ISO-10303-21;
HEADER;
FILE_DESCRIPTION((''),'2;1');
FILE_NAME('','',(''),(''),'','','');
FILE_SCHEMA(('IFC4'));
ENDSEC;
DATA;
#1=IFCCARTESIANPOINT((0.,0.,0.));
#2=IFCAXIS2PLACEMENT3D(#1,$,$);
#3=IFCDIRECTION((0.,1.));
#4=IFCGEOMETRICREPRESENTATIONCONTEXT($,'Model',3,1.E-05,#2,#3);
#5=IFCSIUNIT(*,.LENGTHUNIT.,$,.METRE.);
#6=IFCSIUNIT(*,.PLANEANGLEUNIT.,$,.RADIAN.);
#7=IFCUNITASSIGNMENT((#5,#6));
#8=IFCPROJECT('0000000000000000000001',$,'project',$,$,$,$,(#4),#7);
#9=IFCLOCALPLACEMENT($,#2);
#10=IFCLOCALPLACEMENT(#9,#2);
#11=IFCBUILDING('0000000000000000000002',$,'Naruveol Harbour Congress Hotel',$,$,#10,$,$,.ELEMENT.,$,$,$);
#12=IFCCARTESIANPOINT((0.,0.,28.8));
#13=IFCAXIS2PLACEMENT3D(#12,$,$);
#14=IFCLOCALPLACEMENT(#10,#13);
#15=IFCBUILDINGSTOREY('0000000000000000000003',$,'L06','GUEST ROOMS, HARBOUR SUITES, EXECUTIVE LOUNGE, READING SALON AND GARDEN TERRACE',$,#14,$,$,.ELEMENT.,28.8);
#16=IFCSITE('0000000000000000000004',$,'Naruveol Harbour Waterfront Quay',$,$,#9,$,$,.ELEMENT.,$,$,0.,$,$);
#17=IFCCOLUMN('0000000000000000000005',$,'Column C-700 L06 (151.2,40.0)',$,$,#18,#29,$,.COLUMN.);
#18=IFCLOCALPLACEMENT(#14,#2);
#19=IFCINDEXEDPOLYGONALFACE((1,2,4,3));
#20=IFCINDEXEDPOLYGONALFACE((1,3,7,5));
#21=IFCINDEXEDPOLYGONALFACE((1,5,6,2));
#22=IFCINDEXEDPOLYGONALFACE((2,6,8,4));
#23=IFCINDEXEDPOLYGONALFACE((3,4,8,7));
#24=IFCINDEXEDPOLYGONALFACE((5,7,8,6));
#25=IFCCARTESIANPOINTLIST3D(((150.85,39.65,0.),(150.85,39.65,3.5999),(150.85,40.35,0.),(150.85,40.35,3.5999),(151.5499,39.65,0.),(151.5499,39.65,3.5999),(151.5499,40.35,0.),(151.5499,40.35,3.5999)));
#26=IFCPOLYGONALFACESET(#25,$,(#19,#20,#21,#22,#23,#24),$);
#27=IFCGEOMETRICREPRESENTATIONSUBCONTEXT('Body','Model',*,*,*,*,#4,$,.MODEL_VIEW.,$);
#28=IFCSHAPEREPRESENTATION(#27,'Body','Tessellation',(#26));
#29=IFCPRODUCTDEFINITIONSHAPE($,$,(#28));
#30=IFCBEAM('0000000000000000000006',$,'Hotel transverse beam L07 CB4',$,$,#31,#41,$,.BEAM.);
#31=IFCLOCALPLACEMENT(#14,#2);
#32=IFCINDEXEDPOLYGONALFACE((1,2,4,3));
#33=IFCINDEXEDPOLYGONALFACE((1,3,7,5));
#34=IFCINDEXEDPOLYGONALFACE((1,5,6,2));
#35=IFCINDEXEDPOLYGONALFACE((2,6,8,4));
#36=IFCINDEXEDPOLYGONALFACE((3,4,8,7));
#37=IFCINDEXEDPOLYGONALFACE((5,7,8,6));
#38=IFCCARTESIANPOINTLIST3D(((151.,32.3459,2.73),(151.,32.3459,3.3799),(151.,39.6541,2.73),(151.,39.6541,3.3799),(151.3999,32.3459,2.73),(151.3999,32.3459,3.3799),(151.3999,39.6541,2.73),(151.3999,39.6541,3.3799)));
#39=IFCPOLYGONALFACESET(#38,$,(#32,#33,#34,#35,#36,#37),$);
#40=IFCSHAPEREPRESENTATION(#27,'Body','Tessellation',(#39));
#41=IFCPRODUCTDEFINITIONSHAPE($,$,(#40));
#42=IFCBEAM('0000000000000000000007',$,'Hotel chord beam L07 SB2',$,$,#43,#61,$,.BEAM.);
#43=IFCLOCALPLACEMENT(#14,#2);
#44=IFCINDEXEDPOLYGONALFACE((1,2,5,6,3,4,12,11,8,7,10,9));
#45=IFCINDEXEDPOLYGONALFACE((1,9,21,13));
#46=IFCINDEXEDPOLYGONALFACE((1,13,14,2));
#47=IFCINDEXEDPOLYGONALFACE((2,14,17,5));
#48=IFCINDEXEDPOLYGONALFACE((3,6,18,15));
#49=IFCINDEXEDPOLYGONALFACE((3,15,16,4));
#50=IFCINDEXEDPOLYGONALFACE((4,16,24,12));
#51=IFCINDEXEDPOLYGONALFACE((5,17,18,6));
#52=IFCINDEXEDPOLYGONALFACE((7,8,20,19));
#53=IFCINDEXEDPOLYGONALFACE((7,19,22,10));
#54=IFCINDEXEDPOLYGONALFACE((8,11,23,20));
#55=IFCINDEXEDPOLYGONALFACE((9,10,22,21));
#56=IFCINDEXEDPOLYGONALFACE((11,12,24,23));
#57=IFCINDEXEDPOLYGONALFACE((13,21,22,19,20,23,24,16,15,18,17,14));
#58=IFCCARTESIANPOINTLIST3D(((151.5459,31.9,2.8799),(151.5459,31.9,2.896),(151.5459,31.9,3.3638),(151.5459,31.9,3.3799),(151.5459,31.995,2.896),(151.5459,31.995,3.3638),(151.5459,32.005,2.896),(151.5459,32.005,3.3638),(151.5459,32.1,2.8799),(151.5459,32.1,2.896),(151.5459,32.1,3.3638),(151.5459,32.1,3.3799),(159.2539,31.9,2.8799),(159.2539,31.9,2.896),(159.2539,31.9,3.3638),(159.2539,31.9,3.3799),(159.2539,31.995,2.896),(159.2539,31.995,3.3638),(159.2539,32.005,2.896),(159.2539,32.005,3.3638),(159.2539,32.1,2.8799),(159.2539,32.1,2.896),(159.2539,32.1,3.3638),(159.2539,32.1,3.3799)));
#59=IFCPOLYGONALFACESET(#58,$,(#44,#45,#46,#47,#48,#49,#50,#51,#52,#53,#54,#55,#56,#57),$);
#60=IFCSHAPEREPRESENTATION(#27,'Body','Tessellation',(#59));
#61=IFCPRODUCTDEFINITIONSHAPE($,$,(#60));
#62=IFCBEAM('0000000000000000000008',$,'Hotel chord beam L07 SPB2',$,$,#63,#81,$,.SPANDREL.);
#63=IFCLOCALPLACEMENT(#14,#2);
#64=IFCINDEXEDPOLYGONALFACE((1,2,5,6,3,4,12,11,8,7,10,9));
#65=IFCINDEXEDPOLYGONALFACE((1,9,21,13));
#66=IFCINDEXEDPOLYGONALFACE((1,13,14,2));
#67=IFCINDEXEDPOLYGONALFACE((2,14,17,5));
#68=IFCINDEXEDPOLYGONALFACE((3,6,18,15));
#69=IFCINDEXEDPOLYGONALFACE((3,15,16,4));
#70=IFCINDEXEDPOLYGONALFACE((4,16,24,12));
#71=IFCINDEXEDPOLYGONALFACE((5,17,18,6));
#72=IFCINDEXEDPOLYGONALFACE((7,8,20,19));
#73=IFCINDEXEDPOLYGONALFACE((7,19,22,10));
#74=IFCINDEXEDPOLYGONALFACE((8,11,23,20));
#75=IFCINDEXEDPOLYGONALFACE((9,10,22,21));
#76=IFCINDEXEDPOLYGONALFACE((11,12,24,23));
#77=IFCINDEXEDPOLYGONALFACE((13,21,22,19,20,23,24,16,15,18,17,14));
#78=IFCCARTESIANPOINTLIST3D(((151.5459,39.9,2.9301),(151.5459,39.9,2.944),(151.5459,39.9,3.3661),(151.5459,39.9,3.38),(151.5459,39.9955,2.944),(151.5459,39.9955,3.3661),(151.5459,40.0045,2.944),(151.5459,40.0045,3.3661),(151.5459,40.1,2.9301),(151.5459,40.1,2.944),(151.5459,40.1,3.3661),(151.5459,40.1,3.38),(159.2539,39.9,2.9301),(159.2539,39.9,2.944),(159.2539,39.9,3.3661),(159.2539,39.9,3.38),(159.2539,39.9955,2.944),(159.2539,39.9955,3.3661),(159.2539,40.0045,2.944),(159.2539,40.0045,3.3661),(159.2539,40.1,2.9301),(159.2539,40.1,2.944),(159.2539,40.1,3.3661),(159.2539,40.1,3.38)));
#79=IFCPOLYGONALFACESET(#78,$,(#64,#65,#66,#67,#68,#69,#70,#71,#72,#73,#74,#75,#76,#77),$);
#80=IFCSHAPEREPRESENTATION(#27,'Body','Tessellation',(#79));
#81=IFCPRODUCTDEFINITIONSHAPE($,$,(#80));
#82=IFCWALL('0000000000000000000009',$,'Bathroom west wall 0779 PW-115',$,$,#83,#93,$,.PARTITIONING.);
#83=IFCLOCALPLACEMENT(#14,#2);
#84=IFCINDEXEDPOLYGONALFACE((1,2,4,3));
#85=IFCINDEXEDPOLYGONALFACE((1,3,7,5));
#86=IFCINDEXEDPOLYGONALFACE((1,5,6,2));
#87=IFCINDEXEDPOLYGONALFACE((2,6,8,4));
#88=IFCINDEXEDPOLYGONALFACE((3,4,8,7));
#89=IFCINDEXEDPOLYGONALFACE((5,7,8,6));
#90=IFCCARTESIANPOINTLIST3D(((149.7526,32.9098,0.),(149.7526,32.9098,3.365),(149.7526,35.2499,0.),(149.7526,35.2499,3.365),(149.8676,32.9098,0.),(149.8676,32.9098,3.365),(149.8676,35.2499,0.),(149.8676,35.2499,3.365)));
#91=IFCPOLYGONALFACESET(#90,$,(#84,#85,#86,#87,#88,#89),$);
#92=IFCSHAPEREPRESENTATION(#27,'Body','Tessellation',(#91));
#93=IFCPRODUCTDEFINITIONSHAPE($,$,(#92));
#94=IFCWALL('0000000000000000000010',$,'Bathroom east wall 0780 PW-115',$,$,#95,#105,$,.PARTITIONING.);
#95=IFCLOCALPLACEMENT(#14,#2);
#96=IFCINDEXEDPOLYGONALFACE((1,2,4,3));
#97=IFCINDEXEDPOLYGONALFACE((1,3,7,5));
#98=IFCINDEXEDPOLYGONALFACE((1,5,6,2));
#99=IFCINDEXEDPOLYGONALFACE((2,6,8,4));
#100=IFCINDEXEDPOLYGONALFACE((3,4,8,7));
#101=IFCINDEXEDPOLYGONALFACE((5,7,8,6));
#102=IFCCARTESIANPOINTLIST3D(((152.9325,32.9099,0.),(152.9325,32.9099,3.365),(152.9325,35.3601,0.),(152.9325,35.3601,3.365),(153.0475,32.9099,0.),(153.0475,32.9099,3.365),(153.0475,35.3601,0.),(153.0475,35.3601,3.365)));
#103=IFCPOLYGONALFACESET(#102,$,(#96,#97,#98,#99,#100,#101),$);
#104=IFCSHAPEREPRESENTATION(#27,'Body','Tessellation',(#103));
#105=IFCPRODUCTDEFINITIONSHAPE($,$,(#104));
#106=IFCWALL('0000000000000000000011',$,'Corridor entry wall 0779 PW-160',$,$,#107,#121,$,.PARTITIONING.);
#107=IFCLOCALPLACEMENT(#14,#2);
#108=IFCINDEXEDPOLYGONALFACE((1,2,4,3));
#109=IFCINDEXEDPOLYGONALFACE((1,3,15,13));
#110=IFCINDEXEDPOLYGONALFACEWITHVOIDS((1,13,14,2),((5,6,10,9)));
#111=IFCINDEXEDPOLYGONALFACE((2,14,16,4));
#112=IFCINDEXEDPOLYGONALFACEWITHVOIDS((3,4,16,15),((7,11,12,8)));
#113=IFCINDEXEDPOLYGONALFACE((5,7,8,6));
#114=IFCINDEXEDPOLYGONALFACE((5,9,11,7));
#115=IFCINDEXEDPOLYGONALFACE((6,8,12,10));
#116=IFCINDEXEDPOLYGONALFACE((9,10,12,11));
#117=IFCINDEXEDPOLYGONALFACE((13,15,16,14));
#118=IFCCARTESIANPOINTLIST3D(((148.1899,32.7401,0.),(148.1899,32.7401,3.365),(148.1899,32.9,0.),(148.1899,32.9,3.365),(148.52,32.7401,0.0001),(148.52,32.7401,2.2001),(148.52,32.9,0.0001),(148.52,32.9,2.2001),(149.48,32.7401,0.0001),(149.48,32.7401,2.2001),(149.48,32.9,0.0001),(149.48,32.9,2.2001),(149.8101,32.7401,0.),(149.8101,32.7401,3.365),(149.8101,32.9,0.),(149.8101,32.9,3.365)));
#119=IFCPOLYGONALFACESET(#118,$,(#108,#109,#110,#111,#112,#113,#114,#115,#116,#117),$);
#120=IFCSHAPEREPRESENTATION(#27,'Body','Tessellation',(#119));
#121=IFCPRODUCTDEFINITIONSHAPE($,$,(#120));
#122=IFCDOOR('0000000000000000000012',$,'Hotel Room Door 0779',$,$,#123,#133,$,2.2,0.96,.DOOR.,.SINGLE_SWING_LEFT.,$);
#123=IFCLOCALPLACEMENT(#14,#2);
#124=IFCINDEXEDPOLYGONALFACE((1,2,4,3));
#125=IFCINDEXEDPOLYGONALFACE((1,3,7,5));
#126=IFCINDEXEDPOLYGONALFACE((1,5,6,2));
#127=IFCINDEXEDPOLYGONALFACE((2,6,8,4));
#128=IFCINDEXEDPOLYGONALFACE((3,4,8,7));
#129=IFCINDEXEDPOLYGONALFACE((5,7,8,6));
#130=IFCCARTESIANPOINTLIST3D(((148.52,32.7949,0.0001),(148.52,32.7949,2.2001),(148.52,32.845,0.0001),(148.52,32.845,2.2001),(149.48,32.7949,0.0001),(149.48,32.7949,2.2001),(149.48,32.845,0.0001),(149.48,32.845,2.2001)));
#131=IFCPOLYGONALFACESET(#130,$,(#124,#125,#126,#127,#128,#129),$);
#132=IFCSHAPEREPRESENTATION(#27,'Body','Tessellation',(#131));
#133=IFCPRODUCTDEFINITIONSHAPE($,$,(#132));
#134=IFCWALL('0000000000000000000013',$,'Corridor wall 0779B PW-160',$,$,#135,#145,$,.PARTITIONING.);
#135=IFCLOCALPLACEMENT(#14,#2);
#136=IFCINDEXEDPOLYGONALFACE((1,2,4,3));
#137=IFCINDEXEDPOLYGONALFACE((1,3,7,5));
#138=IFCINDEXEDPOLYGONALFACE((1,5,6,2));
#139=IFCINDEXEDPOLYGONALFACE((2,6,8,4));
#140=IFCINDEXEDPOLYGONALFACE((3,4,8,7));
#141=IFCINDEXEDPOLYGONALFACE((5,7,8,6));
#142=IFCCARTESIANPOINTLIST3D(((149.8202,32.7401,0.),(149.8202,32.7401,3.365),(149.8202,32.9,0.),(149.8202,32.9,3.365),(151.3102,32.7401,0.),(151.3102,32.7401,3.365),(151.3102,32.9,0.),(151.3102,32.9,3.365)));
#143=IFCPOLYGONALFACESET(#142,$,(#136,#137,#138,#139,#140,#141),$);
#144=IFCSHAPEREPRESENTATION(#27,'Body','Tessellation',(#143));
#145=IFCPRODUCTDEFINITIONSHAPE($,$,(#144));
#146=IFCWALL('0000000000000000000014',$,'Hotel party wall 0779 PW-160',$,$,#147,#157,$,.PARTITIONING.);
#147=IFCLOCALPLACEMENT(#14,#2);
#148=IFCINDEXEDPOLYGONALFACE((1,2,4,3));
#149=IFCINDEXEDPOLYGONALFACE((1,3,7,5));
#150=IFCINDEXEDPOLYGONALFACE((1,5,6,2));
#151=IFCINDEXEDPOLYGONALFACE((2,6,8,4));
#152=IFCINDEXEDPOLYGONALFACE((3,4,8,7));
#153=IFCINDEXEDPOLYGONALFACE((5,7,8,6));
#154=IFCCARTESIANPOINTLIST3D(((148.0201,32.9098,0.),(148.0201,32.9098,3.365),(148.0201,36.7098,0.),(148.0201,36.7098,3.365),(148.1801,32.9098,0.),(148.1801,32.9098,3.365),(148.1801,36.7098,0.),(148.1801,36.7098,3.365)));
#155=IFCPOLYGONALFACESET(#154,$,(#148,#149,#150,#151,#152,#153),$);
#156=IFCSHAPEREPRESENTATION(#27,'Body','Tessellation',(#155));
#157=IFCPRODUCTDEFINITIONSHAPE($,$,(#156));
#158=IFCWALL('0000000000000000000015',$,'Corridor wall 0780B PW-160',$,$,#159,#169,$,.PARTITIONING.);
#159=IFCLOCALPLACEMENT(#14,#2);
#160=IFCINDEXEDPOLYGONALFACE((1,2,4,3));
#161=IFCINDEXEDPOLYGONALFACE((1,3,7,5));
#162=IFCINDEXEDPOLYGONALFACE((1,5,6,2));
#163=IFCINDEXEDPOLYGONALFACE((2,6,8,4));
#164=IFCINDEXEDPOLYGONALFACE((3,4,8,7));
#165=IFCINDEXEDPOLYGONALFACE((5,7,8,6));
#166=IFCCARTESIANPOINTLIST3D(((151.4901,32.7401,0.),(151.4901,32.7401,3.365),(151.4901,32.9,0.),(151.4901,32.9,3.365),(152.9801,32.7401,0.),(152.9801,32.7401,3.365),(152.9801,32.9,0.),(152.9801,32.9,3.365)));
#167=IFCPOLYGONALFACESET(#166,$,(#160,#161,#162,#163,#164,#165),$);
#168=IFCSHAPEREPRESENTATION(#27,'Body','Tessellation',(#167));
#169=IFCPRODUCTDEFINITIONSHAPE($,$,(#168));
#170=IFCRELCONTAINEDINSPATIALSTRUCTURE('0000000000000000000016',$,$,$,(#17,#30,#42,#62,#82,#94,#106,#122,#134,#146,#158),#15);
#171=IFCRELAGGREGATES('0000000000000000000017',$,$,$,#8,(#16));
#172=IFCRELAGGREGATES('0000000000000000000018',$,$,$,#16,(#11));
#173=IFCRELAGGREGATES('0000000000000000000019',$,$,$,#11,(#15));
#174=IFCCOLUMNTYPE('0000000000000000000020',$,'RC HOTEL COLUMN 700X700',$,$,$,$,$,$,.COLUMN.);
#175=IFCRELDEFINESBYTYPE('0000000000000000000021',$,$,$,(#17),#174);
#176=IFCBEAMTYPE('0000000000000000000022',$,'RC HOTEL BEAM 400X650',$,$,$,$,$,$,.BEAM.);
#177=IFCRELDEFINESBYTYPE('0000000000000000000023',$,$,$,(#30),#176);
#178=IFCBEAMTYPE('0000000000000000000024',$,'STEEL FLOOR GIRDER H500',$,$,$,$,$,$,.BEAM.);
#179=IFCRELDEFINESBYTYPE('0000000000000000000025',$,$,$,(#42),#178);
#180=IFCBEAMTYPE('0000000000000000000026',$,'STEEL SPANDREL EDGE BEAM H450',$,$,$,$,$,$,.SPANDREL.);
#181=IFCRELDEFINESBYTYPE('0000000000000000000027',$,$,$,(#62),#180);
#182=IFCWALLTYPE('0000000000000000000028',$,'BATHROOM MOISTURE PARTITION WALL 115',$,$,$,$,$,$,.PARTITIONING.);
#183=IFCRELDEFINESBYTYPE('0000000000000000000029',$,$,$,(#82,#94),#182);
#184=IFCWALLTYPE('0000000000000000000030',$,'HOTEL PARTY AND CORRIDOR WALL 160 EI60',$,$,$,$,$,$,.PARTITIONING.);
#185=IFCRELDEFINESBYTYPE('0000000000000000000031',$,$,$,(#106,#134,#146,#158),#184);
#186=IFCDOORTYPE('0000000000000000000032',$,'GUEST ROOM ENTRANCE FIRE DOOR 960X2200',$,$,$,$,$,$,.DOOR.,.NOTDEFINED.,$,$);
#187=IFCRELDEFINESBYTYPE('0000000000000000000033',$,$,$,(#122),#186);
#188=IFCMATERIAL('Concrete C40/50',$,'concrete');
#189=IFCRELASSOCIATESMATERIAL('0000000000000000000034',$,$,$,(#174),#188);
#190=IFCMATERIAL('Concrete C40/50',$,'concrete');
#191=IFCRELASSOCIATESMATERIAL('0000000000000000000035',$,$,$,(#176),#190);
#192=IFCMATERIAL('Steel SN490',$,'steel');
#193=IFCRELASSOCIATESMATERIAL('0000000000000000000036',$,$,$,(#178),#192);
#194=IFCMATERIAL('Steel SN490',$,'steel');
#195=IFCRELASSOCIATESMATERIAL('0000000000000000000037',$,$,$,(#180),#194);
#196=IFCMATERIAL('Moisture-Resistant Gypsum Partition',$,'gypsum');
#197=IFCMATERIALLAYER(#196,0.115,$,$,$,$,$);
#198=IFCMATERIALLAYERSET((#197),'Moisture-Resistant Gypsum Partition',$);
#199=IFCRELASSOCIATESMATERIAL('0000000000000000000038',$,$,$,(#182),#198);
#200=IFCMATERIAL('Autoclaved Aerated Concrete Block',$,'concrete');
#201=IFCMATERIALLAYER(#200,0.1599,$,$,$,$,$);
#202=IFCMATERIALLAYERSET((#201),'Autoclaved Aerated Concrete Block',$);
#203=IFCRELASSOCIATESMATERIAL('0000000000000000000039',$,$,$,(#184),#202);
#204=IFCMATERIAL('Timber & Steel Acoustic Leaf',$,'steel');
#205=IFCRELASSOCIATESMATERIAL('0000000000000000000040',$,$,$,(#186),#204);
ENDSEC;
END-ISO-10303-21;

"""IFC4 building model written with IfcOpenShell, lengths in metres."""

from ifc_helpers import new_model, si_unit, direction, frame, frame_2d, origin, origin_2d, place, context, subcontext, project, spatial, rectangle, i_section, extrude, material, layer, layer_set, material_profile, profile_set, type_object, element, fill, save


model = new_model("IFC4")

# Units and contexts
model_context = context("Model", 3, precision=1e-05, world=origin(), true_north=direction((0.0, 1.0)))
body_context = subcontext(model_context, "Body", "Model", "MODEL_VIEW")
ifc_project = project(units=[si_unit("LENGTHUNIT", "METRE"), si_unit("PLANEANGLEUNIT", "RADIAN")], contexts=[model_context])

# Site, building, storey
site_placement = place(None, origin())
site = spatial("IfcSite", under=ifc_project, at=site_placement, Name="Naruveol Harbour Waterfront Quay", CompositionType="ELEMENT", RefElevation=0.0)
building_placement = place(site_placement, origin())
building = spatial("IfcBuilding", under=site, at=building_placement, Name="Naruveol Harbour Congress Hotel", CompositionType="ELEMENT")
storey_placement = place(building_placement, frame((0.0, 0.0, 28.8)))
storey = spatial("IfcBuildingStorey", under=building, at=storey_placement, Name="L06", Description="GUEST ROOMS, HARBOUR SUITES, EXECUTIVE LOUNGE, READING SALON AND GARDEN TERRACE", CompositionType="ELEMENT", Elevation=28.8)

# Column
ifc_material_1 = material(Name="Concrete C40/50", Category="concrete")
ifc_material_profile_1 = material_profile(ifc_material_1, rectangle(XDim=0.7, YDim=0.7, at=origin_2d()), Name="RC-700x700")
ifc_profile_set_1 = profile_set([ifc_material_profile_1], Name="Concrete C40/50")
column_type = type_object("IfcColumnType", Name="RC HOTEL COLUMN 700X700", PredefinedType="COLUMN", material=ifc_profile_set_1)
column_placement = place(storey_placement, frame((151.2, 40.0, 0.0), z_axis=(0.0, 0.0, 1.0), x_axis=(1.0, 0.0, 0.0)))
element("IfcColumn", 1, at=column_placement, inside=storey, type_object=column_type, Name="Column C-700 L06 (151.2,40.0)", PredefinedType="COLUMN", context=body_context, shape_type="SweptSolid", body=[
    extrude(rectangle(XDim=0.7, YDim=0.7, at=origin_2d()), origin(), (0.0, 0.0, 1.0), 3.5999),
])

# Beams
ifc_material_2 = material(Name="Concrete C40/50", Category="concrete")
ifc_material_profile_2 = material_profile(ifc_material_2, rectangle(XDim=0.3999, YDim=0.6499, at=origin_2d()), Name="RCB-400x650")
ifc_profile_set_2 = profile_set([ifc_material_profile_2], Name="Concrete C40/50")
beam_type_1 = type_object("IfcBeamType", Name="RC HOTEL BEAM 400X650", PredefinedType="BEAM", material=ifc_profile_set_2)
beam_1_placement = place(storey_placement, frame((151.2, 32.3459, 3.0549), z_axis=(0.0, 1.0, 0.0), x_axis=(-1.0, 0.0, 0.0)))
element("IfcBeam", 2, at=beam_1_placement, inside=storey, type_object=beam_type_1, Name="Hotel transverse beam L07 CB4", PredefinedType="BEAM", context=body_context, shape_type="SweptSolid", body=[
    extrude(rectangle(XDim=0.3999, YDim=0.6499, at=origin_2d()), origin(), (0.0, 0.0, 1.0), 7.3081),
])
ifc_material_3 = material(Name="Steel SN490", Category="steel")
ifc_material_profile_3 = material_profile(ifc_material_3, i_section(OverallWidth=0.2, OverallDepth=0.5, WebThickness=0.01, FlangeThickness=0.0161, at=origin_2d()), Name="H-500x200x10x16")
ifc_profile_set_3 = profile_set([ifc_material_profile_3], Name="Steel SN490")
beam_type_2 = type_object("IfcBeamType", Name="STEEL FLOOR GIRDER H500", PredefinedType="BEAM", material=ifc_profile_set_3)
beam_2_placement = place(storey_placement, frame((151.5459, 32.0, 3.1299), z_axis=(1.0, 0.0, 0.0), x_axis=(0.0, 1.0, 0.0)))
element("IfcBeam", 3, at=beam_2_placement, inside=storey, type_object=beam_type_2, Name="Hotel chord beam L07 SB2", PredefinedType="BEAM", context=body_context, shape_type="SweptSolid", body=[
    extrude(i_section(OverallWidth=0.2, OverallDepth=0.5, WebThickness=0.01, FlangeThickness=0.0161, at=origin_2d()), origin(), (0.0, 0.0, 1.0), 7.708),
])
ifc_material_4 = material(Name="Steel SN490", Category="steel")
ifc_material_profile_4 = material_profile(ifc_material_4, i_section(OverallWidth=0.2, OverallDepth=0.45, WebThickness=0.009, FlangeThickness=0.0139, at=origin_2d()), Name="H-450x200x9x14")
ifc_profile_set_4 = profile_set([ifc_material_profile_4], Name="Steel SN490")
beam_type_3 = type_object("IfcBeamType", Name="STEEL SPANDREL EDGE BEAM H450", PredefinedType="SPANDREL", material=ifc_profile_set_4)
beam_3_placement = place(storey_placement, frame((151.5459, 40.0, 3.155), z_axis=(1.0, 0.0, 0.0), x_axis=(0.0, 1.0, 0.0)))
element("IfcBeam", 4, at=beam_3_placement, inside=storey, type_object=beam_type_3, Name="Hotel chord beam L07 SPB2", PredefinedType="SPANDREL", context=body_context, shape_type="SweptSolid", body=[
    extrude(i_section(OverallWidth=0.2, OverallDepth=0.45, WebThickness=0.009, FlangeThickness=0.0139, at=origin_2d()), origin(), (0.0, 0.0, 1.0), 7.708),
])

# Wall
ifc_material_5 = material(Name="Moisture-Resistant Gypsum Partition", Category="gypsum")
ifc_layer_1 = layer(ifc_material_5, 0.115)
ifc_layer_set_1 = layer_set([ifc_layer_1], Name="Moisture-Resistant Gypsum Partition")
wall_type_1 = type_object("IfcWallType", Name="BATHROOM MOISTURE PARTITION WALL 115", PredefinedType="PARTITIONING", material=ifc_layer_set_1)
wall_1_placement = place(storey_placement, frame((149.8101, 32.9099, 0.0), z_axis=(0.0, 0.0, 1.0), x_axis=(0.0, 1.0, 0.0)))
element("IfcWall", 5, at=wall_1_placement, inside=storey, type_object=wall_type_1, Name="Bathroom west wall 0779 PW-115", PredefinedType="PARTITIONING", context=body_context, shape_type="SweptSolid", body=[
    extrude(rectangle(XDim=2.3401, YDim=0.115, at=frame_2d((1.1699, 0.0))), origin(), (0.0, 0.0, 1.0), 3.365),
])

# Wall
wall_2_placement = place(storey_placement, frame((152.99, 32.9099, 0.0), z_axis=(0.0, 0.0, 1.0), x_axis=(0.0, 1.0, 0.0)))
element("IfcWall", 6, at=wall_2_placement, inside=storey, type_object=wall_type_1, Name="Bathroom east wall 0780 PW-115", PredefinedType="PARTITIONING", context=body_context, shape_type="SweptSolid", body=[
    extrude(rectangle(XDim=2.4502, YDim=0.115, at=frame_2d((1.2251, 0.0))), origin(), (0.0, 0.0, 1.0), 3.365),
])

# Wall, opening, door
ifc_material_6 = material(Name="Autoclaved Aerated Concrete Block", Category="concrete")
ifc_layer_2 = layer(ifc_material_6, 0.1599)
ifc_layer_set_2 = layer_set([ifc_layer_2], Name="Autoclaved Aerated Concrete Block")
wall_type_2 = type_object("IfcWallType", Name="HOTEL PARTY AND CORRIDOR WALL 160 EI60", PredefinedType="PARTITIONING", material=ifc_layer_set_2)
wall_3_placement = place(storey_placement, frame((148.1899, 32.8201, 0.0), z_axis=(0.0, 0.0, 1.0), x_axis=(1.0, 0.0, 0.0)))
wall_3 = element("IfcWall", 7, at=wall_3_placement, inside=storey, type_object=wall_type_2, Name="Corridor entry wall 0779 PW-160", PredefinedType="PARTITIONING", context=body_context, shape_type="SweptSolid", body=[
    extrude(rectangle(XDim=1.6201, YDim=0.1599, at=frame_2d((0.8101, 0.0))), origin(), (0.0, 0.0, 1.0), 3.365),
])
opening_1_placement = place(wall_3_placement, frame((0.3301, 0.0, 0.0)))
opening_1 = element("IfcOpeningElement", 8, at=opening_1_placement, cuts=wall_3, PredefinedType="OPENING", context=body_context, shape_type="SweptSolid", body=[
    extrude(rectangle(XDim=0.96, YDim=2.2, at=frame_2d((0.48, 1.1001))), frame((0.0, 0.0898, 0.0), z_axis=(0.0, -1.0, 0.0), x_axis=(1.0, 0.0, 0.0)), (0.0, 0.0, 1.0), 0.1799),
])
ifc_material_7 = material(Name="Timber & Steel Acoustic Leaf", Category="steel")
door_type_1 = type_object("IfcDoorType", Name="GUEST ROOM ENTRANCE FIRE DOOR 960X2200", OperationType="NOTDEFINED", PredefinedType="DOOR", material=ifc_material_7)
door_1_placement = place(opening_1_placement, origin())
door_1 = element("IfcDoor", 9, at=door_1_placement, inside=storey, type_object=door_type_1, Name="Hotel Room Door 0779", OperationType="SINGLE_SWING_LEFT", OverallHeight=2.2, OverallWidth=0.96, PredefinedType="DOOR", context=body_context, shape_type="SweptSolid", body=[
    extrude(rectangle(XDim=0.96, YDim=2.2, at=frame_2d((0.48, 1.1001))), frame((0.0, 0.0249, 0.0), z_axis=(0.0, -1.0, 0.0), x_axis=(1.0, 0.0, 0.0)), (0.0, 0.0, 1.0), 0.05),
])
fill(opening_1, door_1)

# Walls
wall_4_placement = place(storey_placement, frame((149.8201, 32.8201, 0.0), z_axis=(0.0, 0.0, 1.0), x_axis=(1.0, 0.0, 0.0)))
element("IfcWall", 10, at=wall_4_placement, inside=storey, type_object=wall_type_2, Name="Corridor wall 0779B PW-160", PredefinedType="PARTITIONING", context=body_context, shape_type="SweptSolid", body=[
    extrude(rectangle(XDim=1.49, YDim=0.1599, at=frame_2d((0.7451, 0.0))), origin(), (0.0, 0.0, 1.0), 3.365),
])
wall_5_placement = place(storey_placement, frame((148.1001, 32.9099, 0.0), z_axis=(0.0, 0.0, 1.0), x_axis=(0.0, 1.0, 0.0)))
element("IfcWall", 11, at=wall_5_placement, inside=storey, type_object=wall_type_2, Name="Hotel party wall 0779 PW-160", PredefinedType="PARTITIONING", context=body_context, shape_type="SweptSolid", body=[
    extrude(rectangle(XDim=3.8, YDim=0.1599, at=frame_2d((1.8999, 0.0))), origin(), (0.0, 0.0, 1.0), 3.365),
])
wall_6_placement = place(storey_placement, frame((151.49, 32.8201, 0.0), z_axis=(0.0, 0.0, 1.0), x_axis=(1.0, 0.0, 0.0)))
element("IfcWall", 12, at=wall_6_placement, inside=storey, type_object=wall_type_2, Name="Corridor wall 0780B PW-160", PredefinedType="PARTITIONING", context=body_context, shape_type="SweptSolid", body=[
    extrude(rectangle(XDim=1.49, YDim=0.1599, at=frame_2d((0.7451, 0.0))), origin(), (0.0, 0.0, 1.0), 3.365),
])

save(model, "model.ifc")
